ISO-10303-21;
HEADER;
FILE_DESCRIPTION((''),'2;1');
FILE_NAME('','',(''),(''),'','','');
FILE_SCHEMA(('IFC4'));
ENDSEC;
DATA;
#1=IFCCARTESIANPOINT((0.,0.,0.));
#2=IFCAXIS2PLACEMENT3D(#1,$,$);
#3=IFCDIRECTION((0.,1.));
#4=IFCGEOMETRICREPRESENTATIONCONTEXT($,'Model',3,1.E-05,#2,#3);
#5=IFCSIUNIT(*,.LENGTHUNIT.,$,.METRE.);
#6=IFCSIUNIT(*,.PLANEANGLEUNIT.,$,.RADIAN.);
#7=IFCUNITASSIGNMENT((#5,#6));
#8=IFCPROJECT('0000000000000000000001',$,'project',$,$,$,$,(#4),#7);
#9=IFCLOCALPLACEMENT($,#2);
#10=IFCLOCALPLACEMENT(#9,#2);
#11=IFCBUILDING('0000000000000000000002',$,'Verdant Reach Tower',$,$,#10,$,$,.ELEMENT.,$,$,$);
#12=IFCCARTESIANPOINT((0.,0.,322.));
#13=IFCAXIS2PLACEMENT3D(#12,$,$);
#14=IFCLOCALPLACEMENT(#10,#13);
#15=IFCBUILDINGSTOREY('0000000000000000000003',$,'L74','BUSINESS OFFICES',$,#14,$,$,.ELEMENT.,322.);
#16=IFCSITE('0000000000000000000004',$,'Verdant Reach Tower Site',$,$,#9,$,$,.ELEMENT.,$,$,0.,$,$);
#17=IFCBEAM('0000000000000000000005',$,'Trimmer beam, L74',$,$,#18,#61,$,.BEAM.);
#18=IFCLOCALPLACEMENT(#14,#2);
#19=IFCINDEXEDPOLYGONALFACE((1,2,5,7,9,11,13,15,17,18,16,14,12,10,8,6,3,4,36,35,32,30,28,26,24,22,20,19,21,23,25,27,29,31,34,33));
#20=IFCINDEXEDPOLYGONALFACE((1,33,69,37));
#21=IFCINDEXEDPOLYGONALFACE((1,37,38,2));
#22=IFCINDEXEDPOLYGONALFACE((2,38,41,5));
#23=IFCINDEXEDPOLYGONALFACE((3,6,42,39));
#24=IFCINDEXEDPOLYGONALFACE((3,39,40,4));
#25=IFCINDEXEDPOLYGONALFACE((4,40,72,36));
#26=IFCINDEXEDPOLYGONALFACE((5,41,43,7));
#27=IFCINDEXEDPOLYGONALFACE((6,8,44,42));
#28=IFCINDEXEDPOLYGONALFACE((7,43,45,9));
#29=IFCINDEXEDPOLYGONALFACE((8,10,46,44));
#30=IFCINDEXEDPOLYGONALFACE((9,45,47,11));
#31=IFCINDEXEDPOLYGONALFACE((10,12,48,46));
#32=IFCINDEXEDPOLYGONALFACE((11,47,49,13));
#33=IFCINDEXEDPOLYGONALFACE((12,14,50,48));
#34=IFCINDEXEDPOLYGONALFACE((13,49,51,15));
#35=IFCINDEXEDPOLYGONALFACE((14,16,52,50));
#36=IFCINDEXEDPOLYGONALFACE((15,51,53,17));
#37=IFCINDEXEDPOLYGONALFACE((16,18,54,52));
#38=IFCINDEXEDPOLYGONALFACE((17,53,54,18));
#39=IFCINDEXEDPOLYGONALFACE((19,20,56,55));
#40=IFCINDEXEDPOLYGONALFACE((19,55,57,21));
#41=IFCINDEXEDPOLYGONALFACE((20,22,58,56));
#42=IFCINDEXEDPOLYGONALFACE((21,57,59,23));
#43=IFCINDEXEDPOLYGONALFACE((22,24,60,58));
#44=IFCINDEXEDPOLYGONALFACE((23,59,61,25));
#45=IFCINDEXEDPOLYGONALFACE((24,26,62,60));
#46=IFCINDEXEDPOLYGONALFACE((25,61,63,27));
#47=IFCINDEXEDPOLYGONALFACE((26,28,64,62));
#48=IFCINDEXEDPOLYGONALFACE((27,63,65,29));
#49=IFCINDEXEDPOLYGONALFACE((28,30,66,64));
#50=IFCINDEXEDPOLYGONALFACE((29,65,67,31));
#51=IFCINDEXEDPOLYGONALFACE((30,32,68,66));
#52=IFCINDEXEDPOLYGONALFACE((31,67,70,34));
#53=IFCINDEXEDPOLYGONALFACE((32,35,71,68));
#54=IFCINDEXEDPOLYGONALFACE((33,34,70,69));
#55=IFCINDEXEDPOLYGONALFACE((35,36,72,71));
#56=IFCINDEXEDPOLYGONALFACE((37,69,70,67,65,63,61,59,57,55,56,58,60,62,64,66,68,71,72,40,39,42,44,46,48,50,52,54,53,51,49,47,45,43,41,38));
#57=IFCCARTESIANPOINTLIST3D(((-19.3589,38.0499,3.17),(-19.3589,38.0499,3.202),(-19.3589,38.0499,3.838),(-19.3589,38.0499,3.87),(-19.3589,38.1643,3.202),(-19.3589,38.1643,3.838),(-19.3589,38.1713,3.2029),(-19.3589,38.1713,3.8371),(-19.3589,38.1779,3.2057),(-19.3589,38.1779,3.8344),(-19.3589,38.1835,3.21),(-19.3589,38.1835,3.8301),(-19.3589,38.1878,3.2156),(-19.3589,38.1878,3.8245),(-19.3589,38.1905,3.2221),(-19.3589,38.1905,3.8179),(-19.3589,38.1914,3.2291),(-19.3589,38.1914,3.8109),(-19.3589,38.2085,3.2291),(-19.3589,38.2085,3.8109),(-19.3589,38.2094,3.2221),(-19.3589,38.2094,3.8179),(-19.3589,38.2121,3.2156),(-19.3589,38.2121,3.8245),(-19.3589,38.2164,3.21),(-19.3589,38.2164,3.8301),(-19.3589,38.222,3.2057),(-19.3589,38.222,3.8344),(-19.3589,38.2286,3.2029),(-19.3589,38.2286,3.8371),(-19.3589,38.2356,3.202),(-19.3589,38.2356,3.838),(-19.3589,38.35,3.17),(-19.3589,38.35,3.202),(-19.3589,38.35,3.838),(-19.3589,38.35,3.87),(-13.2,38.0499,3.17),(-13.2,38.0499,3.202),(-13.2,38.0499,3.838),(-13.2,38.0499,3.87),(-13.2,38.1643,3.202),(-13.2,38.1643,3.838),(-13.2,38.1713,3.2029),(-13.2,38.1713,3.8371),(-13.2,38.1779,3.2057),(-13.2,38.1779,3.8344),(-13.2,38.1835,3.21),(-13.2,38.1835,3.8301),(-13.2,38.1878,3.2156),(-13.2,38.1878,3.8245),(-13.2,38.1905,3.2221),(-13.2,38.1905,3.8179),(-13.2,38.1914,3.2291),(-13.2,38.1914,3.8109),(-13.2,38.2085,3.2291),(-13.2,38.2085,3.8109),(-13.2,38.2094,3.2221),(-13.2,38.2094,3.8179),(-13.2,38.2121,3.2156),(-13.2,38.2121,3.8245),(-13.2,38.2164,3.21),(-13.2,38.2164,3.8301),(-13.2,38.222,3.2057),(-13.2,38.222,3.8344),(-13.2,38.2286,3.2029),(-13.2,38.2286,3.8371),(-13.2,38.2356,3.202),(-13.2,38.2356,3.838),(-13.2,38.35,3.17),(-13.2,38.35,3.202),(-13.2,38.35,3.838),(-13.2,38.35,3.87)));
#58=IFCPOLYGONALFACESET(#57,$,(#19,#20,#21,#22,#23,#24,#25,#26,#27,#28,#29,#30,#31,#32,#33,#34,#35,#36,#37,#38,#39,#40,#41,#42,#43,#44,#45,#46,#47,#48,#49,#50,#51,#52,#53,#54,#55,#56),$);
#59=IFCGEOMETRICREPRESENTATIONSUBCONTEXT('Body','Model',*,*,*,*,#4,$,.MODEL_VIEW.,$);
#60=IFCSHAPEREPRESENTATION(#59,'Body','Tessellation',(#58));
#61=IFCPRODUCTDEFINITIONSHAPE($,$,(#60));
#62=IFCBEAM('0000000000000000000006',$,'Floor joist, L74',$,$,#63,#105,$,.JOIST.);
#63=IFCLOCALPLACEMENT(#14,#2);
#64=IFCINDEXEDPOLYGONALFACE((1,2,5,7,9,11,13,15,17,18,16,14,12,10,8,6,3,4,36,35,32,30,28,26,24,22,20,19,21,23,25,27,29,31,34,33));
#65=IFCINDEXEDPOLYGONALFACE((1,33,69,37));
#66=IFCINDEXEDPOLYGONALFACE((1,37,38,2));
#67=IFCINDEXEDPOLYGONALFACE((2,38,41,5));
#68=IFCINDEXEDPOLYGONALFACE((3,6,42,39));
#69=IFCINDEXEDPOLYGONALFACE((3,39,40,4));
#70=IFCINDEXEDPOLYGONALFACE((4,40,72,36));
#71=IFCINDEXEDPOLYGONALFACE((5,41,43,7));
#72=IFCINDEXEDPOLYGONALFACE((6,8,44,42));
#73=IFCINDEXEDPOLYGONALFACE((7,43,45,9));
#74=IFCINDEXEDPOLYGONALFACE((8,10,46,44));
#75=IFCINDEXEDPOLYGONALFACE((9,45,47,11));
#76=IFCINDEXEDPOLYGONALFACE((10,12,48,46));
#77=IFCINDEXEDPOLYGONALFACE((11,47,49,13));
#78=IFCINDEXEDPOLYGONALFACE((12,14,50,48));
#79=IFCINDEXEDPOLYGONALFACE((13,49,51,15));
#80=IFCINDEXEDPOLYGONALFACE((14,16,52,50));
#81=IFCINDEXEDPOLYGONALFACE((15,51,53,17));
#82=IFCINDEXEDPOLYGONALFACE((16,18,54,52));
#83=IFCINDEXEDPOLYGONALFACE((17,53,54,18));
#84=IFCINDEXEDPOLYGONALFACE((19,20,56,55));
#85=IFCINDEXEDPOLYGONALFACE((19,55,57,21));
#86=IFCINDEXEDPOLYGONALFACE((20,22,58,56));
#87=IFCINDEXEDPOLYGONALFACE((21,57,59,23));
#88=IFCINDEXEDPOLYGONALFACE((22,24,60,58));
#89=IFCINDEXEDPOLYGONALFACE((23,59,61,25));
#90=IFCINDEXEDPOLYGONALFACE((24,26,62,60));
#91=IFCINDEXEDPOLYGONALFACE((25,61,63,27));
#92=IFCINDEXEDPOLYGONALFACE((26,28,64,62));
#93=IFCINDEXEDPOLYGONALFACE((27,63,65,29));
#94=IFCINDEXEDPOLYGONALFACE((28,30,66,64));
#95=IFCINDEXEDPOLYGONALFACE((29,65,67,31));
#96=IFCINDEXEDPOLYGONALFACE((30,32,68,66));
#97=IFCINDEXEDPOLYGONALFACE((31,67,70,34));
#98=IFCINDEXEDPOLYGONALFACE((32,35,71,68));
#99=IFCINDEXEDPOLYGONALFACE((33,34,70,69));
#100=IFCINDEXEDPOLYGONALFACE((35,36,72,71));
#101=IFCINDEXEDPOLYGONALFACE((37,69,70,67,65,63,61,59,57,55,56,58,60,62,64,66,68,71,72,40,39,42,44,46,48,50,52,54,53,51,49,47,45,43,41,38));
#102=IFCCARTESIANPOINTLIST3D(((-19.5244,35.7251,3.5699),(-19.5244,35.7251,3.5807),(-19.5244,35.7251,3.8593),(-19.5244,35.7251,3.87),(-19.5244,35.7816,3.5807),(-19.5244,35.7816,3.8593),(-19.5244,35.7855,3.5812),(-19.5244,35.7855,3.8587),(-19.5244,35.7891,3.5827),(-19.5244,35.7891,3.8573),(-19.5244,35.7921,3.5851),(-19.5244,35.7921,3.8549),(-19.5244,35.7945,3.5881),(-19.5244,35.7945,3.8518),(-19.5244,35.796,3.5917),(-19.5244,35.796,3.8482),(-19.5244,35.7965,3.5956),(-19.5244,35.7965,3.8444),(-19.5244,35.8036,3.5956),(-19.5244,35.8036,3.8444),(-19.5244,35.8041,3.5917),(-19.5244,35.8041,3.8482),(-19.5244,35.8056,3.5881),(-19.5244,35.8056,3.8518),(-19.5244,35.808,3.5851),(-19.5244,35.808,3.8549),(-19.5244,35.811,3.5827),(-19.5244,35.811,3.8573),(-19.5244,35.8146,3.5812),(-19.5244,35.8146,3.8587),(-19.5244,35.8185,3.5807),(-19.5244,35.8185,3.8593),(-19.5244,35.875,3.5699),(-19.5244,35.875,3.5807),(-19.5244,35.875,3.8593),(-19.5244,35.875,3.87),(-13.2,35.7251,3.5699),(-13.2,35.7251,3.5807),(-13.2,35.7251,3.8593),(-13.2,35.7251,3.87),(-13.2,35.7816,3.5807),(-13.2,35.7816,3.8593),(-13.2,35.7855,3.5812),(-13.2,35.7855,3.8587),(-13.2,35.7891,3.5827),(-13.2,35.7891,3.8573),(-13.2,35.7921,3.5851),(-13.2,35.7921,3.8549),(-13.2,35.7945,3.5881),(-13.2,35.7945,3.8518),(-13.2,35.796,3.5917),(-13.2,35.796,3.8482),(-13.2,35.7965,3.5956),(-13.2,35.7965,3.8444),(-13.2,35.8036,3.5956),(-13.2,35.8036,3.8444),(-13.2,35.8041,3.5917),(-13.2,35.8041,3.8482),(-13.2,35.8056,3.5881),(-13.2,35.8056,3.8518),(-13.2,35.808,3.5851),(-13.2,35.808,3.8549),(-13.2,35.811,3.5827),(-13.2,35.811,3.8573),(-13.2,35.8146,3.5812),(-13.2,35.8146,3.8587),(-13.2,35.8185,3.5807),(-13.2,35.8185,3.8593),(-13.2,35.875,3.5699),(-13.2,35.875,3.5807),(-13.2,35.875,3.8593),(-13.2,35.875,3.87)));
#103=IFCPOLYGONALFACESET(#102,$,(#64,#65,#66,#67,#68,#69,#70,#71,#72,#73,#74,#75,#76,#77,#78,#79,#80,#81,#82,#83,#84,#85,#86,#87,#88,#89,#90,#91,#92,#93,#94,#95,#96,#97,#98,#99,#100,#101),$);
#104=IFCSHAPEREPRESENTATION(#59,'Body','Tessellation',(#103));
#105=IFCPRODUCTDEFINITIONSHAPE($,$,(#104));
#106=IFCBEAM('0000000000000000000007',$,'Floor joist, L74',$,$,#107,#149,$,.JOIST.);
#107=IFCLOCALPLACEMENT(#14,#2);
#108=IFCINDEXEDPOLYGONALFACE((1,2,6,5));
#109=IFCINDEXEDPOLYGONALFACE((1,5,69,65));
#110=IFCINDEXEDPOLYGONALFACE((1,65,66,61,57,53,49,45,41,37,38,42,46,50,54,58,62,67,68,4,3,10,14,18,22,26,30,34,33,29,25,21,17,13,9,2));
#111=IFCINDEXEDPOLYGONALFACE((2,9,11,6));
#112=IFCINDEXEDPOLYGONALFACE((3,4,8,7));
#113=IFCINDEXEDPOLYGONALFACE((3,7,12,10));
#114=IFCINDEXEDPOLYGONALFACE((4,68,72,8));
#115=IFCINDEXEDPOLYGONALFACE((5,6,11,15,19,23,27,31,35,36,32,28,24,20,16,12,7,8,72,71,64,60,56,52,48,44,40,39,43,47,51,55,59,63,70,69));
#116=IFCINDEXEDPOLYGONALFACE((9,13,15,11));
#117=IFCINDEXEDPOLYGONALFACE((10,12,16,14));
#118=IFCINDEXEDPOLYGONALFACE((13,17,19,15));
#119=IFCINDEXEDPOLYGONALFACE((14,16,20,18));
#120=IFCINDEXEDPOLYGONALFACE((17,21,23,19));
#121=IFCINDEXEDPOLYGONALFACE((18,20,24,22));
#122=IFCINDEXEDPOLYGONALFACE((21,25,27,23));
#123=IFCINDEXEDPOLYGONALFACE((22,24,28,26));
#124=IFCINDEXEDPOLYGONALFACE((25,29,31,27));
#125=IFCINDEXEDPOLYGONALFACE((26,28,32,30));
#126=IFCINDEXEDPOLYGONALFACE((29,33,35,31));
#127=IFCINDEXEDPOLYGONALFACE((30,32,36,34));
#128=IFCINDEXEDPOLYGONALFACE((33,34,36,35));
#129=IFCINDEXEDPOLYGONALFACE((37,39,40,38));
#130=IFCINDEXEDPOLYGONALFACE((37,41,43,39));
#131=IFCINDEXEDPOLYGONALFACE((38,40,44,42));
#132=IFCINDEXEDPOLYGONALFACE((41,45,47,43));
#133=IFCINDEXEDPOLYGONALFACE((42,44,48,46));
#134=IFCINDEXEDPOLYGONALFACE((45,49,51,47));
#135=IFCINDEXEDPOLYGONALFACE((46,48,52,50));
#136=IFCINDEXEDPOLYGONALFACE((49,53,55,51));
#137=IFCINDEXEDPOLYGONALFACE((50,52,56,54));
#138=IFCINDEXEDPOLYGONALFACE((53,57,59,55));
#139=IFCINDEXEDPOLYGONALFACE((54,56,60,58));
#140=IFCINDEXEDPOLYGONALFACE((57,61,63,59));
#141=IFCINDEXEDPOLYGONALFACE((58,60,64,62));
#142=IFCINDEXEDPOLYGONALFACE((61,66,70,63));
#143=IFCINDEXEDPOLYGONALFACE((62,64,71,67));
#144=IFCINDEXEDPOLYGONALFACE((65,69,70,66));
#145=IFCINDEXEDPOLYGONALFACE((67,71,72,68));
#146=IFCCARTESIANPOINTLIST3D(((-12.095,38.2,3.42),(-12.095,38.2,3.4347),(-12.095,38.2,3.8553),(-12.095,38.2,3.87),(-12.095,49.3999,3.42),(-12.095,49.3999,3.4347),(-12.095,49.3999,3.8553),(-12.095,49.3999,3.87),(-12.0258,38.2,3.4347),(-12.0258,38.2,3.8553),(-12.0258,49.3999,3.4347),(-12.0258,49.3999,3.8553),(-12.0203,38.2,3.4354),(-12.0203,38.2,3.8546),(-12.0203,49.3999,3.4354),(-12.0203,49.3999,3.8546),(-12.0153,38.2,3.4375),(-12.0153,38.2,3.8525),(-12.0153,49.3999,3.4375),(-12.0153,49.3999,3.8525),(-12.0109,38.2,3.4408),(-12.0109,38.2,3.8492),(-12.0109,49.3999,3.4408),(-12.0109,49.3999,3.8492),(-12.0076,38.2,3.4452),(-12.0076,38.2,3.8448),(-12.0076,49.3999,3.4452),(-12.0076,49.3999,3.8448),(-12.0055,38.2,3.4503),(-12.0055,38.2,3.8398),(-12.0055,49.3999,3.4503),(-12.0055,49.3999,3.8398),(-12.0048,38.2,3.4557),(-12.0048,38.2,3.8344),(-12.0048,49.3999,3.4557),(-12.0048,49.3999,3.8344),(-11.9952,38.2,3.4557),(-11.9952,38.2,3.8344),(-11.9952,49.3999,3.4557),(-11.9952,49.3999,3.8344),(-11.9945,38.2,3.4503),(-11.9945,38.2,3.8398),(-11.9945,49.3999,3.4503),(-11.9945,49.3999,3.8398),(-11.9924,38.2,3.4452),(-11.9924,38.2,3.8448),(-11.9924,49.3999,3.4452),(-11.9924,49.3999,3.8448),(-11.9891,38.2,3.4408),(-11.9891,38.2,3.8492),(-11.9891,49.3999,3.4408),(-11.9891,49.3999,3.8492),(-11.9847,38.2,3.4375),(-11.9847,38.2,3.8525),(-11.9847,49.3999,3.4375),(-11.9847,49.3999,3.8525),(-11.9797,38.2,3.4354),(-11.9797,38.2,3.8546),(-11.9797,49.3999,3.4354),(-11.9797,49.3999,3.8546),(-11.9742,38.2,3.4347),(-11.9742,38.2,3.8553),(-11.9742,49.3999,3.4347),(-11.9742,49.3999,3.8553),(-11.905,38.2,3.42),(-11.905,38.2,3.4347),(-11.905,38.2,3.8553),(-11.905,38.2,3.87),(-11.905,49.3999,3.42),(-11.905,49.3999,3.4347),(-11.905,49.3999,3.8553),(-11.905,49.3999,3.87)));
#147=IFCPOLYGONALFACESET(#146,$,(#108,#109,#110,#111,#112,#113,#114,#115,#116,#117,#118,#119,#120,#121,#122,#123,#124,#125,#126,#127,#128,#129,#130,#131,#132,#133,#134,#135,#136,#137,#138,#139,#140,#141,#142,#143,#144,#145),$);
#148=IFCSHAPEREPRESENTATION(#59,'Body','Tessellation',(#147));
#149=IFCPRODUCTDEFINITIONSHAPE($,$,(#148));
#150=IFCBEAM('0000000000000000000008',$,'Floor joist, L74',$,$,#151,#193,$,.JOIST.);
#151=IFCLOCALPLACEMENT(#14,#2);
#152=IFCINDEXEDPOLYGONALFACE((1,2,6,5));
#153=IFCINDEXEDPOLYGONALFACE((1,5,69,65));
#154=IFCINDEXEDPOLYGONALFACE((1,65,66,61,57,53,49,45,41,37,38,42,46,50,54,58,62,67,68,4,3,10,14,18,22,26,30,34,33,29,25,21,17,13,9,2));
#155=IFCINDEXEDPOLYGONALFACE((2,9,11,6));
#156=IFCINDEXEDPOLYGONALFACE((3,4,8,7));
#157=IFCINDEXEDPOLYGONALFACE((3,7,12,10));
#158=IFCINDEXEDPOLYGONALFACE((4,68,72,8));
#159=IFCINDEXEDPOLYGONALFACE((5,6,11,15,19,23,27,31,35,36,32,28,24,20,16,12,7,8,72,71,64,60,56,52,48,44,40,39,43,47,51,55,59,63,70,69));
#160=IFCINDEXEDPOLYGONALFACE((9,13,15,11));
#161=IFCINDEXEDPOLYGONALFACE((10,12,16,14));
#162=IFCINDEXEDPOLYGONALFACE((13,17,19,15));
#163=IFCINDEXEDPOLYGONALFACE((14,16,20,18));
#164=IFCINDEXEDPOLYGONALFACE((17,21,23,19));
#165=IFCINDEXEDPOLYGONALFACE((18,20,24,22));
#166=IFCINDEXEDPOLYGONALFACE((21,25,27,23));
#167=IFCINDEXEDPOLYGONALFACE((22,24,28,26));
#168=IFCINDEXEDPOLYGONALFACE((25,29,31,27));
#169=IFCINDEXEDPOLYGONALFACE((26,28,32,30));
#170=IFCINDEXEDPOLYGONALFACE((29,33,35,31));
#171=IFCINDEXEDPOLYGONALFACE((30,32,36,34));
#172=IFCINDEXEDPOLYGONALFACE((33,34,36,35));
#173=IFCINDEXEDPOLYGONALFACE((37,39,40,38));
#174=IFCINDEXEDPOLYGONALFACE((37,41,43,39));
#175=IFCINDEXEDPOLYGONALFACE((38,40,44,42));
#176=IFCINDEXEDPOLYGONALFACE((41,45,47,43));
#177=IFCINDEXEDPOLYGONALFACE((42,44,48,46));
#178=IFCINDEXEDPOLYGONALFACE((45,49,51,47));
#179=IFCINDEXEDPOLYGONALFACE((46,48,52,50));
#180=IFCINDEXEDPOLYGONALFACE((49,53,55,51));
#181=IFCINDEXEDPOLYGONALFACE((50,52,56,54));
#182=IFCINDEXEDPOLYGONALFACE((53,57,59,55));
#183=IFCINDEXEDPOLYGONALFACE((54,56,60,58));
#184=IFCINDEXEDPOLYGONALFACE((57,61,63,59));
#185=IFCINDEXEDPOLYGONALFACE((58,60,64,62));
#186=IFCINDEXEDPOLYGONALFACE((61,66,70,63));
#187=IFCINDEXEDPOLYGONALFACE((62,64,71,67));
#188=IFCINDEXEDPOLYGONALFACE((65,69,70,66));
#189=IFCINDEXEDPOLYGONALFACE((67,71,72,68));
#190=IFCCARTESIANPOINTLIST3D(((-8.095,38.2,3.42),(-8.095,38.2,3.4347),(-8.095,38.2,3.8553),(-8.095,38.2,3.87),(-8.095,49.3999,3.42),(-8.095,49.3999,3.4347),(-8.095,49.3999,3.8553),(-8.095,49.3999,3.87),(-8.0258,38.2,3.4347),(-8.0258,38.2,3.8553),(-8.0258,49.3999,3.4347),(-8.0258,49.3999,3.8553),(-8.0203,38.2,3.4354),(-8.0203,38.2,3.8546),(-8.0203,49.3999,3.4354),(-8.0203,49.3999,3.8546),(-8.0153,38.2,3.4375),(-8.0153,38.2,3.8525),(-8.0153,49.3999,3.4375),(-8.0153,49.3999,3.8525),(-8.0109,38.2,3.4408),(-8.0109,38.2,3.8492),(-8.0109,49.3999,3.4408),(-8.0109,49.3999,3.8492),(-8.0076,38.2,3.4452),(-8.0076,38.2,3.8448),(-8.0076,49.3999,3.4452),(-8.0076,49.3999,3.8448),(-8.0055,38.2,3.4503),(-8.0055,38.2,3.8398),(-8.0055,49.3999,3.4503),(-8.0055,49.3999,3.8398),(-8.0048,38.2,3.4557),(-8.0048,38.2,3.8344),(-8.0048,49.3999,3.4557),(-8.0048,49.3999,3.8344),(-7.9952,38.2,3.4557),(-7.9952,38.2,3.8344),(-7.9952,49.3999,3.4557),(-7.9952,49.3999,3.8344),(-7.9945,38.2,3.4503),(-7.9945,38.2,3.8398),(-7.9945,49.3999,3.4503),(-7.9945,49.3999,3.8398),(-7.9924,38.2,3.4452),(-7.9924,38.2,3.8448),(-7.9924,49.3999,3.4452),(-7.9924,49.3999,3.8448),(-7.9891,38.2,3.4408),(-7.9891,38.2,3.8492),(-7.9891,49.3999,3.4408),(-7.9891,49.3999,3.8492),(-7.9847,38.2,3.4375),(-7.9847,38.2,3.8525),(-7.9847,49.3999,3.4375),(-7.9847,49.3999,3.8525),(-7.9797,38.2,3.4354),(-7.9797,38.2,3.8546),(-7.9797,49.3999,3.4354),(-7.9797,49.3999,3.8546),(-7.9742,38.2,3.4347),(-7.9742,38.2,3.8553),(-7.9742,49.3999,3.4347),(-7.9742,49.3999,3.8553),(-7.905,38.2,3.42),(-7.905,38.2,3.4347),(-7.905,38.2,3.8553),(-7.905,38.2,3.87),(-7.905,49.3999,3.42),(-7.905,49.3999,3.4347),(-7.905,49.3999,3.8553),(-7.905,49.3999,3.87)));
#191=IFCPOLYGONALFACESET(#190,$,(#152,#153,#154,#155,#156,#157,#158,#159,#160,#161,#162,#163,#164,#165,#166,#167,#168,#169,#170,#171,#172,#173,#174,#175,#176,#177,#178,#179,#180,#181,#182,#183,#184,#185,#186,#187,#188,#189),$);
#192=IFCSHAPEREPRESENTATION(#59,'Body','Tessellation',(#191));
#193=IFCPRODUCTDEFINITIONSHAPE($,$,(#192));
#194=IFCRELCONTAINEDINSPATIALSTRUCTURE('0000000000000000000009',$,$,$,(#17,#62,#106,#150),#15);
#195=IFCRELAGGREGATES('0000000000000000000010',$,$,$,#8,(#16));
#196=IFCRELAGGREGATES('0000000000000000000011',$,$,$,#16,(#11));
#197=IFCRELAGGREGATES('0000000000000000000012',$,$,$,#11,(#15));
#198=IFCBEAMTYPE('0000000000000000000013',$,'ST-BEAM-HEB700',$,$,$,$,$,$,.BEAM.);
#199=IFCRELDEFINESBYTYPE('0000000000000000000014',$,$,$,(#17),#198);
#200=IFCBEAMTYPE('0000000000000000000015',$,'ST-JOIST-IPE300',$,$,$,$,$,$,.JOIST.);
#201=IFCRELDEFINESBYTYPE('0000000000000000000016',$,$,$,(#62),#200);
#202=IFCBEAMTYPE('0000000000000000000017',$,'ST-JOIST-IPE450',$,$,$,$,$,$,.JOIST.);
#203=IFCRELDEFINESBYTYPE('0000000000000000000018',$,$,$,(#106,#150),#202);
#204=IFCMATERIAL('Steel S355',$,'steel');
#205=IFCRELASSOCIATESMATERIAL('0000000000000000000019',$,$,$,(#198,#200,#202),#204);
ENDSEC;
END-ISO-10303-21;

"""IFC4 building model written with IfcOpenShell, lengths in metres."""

from ifc_helpers import new_model, si_unit, direction, frame, origin, origin_2d, place, context, subcontext, project, spatial, i_section, extrude, material, material_profile, profile_set, type_object, element, save


model = new_model("IFC4")

# Units and contexts
model_context = context("Model", 3, precision=1e-05, world=origin(), true_north=direction((0.0, 1.0)))
body_context = subcontext(model_context, "Body", "Model", "MODEL_VIEW")
ifc_project = project(units=[si_unit("LENGTHUNIT", "METRE"), si_unit("PLANEANGLEUNIT", "RADIAN")], contexts=[model_context])

# Site, building, storey
site_placement = place(None, origin())
site = spatial("IfcSite", under=ifc_project, at=site_placement, Name="Verdant Reach Tower Site", CompositionType="ELEMENT", RefElevation=0.0)
building_placement = place(site_placement, origin())
building = spatial("IfcBuilding", under=site, at=building_placement, Name="Verdant Reach Tower", CompositionType="ELEMENT")
storey_placement = place(building_placement, frame((0.0, 0.0, 322.0)))
storey = spatial("IfcBuildingStorey", under=building, at=storey_placement, Name="L74", Description="BUSINESS OFFICES", CompositionType="ELEMENT", Elevation=322.0)

# Beams
ifc_material_1 = material(Name="Steel S355", Category="steel")
ifc_material_profile_1 = material_profile(ifc_material_1, i_section(OverallWidth=0.3, OverallDepth=0.7, WebThickness=0.0171, FlangeThickness=0.032, FilletRadius=0.0271, at=origin_2d()), Name="HEB 700")
ifc_profile_set_1 = profile_set([ifc_material_profile_1], Name="Steel S355")
beam_type_1 = type_object("IfcBeamType", Name="ST-BEAM-HEB700", PredefinedType="BEAM", material=ifc_profile_set_1)
beam_1_placement = place(storey_placement, frame((-13.2, 38.2, 3.52), z_axis=(-1.0, 0.0, 0.0), x_axis=(0.0, -1.0, 0.0)))
element("IfcBeam", 1, at=beam_1_placement, inside=storey, type_object=beam_type_1, Name="Trimmer beam, L74", PredefinedType="BEAM", context=body_context, shape_type="SweptSolid", body=[
    extrude(i_section(OverallWidth=0.3, OverallDepth=0.7, WebThickness=0.0171, FlangeThickness=0.032, FilletRadius=0.0271, at=origin_2d()), origin(), (0.0, 0.0, 1.0), 6.1589),
])
ifc_material_profile_2 = material_profile(ifc_material_1, i_section(OverallWidth=0.1499, OverallDepth=0.3, WebThickness=0.0071, FlangeThickness=0.0107, FilletRadius=0.0149, at=origin_2d()), Name="IPE 300")
ifc_profile_set_2 = profile_set([ifc_material_profile_2], Name="Steel S355")
beam_type_2 = type_object("IfcBeamType", Name="ST-JOIST-IPE300", PredefinedType="JOIST", material=ifc_profile_set_2)
beam_2_placement = place(storey_placement, frame((-13.2, 35.8, 3.72), z_axis=(-1.0, 0.0, 0.0), x_axis=(0.0, -1.0, 0.0)))
element("IfcBeam", 2, at=beam_2_placement, inside=storey, type_object=beam_type_2, Name="Floor joist, L74", PredefinedType="JOIST", context=body_context, shape_type="SweptSolid", body=[
    extrude(i_section(OverallWidth=0.1499, OverallDepth=0.3, WebThickness=0.0071, FlangeThickness=0.0107, FilletRadius=0.0149, at=origin_2d()), origin(), (0.0, 0.0, 1.0), 6.3245),
])
ifc_material_profile_3 = material_profile(ifc_material_1, i_section(OverallWidth=0.1899, OverallDepth=0.45, WebThickness=0.0095, FlangeThickness=0.0146, FilletRadius=0.021, at=origin_2d()), Name="IPE 450")
ifc_profile_set_3 = profile_set([ifc_material_profile_3], Name="Steel S355")
beam_type_3 = type_object("IfcBeamType", Name="ST-JOIST-IPE450", PredefinedType="JOIST", material=ifc_profile_set_3)
for number, where, z_axis, x_axis, name in (
    (3, (-12.0, 38.2, 3.645), (0.0, 1.0, 0.0), (-1.0, 0.0, 0.0), "Floor joist, L74"),
    (4, (-8.0, 38.2, 3.645), (0.0, 1.0, 0.0), (-1.0, 0.0, 0.0), "Floor joist, L74"),
):
    element("IfcBeam", number, at=place(storey_placement, frame(where, z_axis=z_axis, x_axis=x_axis)), inside=storey, type_object=beam_type_3, Name=name, PredefinedType="JOIST", context=body_context, shape_type="SweptSolid", body=[
        extrude(i_section(OverallWidth=0.1899, OverallDepth=0.45, WebThickness=0.0095, FlangeThickness=0.0146, FilletRadius=0.021, at=origin_2d()), origin(), (0.0, 0.0, 1.0), 11.2),
    ])

save(model, "model.ifc")
